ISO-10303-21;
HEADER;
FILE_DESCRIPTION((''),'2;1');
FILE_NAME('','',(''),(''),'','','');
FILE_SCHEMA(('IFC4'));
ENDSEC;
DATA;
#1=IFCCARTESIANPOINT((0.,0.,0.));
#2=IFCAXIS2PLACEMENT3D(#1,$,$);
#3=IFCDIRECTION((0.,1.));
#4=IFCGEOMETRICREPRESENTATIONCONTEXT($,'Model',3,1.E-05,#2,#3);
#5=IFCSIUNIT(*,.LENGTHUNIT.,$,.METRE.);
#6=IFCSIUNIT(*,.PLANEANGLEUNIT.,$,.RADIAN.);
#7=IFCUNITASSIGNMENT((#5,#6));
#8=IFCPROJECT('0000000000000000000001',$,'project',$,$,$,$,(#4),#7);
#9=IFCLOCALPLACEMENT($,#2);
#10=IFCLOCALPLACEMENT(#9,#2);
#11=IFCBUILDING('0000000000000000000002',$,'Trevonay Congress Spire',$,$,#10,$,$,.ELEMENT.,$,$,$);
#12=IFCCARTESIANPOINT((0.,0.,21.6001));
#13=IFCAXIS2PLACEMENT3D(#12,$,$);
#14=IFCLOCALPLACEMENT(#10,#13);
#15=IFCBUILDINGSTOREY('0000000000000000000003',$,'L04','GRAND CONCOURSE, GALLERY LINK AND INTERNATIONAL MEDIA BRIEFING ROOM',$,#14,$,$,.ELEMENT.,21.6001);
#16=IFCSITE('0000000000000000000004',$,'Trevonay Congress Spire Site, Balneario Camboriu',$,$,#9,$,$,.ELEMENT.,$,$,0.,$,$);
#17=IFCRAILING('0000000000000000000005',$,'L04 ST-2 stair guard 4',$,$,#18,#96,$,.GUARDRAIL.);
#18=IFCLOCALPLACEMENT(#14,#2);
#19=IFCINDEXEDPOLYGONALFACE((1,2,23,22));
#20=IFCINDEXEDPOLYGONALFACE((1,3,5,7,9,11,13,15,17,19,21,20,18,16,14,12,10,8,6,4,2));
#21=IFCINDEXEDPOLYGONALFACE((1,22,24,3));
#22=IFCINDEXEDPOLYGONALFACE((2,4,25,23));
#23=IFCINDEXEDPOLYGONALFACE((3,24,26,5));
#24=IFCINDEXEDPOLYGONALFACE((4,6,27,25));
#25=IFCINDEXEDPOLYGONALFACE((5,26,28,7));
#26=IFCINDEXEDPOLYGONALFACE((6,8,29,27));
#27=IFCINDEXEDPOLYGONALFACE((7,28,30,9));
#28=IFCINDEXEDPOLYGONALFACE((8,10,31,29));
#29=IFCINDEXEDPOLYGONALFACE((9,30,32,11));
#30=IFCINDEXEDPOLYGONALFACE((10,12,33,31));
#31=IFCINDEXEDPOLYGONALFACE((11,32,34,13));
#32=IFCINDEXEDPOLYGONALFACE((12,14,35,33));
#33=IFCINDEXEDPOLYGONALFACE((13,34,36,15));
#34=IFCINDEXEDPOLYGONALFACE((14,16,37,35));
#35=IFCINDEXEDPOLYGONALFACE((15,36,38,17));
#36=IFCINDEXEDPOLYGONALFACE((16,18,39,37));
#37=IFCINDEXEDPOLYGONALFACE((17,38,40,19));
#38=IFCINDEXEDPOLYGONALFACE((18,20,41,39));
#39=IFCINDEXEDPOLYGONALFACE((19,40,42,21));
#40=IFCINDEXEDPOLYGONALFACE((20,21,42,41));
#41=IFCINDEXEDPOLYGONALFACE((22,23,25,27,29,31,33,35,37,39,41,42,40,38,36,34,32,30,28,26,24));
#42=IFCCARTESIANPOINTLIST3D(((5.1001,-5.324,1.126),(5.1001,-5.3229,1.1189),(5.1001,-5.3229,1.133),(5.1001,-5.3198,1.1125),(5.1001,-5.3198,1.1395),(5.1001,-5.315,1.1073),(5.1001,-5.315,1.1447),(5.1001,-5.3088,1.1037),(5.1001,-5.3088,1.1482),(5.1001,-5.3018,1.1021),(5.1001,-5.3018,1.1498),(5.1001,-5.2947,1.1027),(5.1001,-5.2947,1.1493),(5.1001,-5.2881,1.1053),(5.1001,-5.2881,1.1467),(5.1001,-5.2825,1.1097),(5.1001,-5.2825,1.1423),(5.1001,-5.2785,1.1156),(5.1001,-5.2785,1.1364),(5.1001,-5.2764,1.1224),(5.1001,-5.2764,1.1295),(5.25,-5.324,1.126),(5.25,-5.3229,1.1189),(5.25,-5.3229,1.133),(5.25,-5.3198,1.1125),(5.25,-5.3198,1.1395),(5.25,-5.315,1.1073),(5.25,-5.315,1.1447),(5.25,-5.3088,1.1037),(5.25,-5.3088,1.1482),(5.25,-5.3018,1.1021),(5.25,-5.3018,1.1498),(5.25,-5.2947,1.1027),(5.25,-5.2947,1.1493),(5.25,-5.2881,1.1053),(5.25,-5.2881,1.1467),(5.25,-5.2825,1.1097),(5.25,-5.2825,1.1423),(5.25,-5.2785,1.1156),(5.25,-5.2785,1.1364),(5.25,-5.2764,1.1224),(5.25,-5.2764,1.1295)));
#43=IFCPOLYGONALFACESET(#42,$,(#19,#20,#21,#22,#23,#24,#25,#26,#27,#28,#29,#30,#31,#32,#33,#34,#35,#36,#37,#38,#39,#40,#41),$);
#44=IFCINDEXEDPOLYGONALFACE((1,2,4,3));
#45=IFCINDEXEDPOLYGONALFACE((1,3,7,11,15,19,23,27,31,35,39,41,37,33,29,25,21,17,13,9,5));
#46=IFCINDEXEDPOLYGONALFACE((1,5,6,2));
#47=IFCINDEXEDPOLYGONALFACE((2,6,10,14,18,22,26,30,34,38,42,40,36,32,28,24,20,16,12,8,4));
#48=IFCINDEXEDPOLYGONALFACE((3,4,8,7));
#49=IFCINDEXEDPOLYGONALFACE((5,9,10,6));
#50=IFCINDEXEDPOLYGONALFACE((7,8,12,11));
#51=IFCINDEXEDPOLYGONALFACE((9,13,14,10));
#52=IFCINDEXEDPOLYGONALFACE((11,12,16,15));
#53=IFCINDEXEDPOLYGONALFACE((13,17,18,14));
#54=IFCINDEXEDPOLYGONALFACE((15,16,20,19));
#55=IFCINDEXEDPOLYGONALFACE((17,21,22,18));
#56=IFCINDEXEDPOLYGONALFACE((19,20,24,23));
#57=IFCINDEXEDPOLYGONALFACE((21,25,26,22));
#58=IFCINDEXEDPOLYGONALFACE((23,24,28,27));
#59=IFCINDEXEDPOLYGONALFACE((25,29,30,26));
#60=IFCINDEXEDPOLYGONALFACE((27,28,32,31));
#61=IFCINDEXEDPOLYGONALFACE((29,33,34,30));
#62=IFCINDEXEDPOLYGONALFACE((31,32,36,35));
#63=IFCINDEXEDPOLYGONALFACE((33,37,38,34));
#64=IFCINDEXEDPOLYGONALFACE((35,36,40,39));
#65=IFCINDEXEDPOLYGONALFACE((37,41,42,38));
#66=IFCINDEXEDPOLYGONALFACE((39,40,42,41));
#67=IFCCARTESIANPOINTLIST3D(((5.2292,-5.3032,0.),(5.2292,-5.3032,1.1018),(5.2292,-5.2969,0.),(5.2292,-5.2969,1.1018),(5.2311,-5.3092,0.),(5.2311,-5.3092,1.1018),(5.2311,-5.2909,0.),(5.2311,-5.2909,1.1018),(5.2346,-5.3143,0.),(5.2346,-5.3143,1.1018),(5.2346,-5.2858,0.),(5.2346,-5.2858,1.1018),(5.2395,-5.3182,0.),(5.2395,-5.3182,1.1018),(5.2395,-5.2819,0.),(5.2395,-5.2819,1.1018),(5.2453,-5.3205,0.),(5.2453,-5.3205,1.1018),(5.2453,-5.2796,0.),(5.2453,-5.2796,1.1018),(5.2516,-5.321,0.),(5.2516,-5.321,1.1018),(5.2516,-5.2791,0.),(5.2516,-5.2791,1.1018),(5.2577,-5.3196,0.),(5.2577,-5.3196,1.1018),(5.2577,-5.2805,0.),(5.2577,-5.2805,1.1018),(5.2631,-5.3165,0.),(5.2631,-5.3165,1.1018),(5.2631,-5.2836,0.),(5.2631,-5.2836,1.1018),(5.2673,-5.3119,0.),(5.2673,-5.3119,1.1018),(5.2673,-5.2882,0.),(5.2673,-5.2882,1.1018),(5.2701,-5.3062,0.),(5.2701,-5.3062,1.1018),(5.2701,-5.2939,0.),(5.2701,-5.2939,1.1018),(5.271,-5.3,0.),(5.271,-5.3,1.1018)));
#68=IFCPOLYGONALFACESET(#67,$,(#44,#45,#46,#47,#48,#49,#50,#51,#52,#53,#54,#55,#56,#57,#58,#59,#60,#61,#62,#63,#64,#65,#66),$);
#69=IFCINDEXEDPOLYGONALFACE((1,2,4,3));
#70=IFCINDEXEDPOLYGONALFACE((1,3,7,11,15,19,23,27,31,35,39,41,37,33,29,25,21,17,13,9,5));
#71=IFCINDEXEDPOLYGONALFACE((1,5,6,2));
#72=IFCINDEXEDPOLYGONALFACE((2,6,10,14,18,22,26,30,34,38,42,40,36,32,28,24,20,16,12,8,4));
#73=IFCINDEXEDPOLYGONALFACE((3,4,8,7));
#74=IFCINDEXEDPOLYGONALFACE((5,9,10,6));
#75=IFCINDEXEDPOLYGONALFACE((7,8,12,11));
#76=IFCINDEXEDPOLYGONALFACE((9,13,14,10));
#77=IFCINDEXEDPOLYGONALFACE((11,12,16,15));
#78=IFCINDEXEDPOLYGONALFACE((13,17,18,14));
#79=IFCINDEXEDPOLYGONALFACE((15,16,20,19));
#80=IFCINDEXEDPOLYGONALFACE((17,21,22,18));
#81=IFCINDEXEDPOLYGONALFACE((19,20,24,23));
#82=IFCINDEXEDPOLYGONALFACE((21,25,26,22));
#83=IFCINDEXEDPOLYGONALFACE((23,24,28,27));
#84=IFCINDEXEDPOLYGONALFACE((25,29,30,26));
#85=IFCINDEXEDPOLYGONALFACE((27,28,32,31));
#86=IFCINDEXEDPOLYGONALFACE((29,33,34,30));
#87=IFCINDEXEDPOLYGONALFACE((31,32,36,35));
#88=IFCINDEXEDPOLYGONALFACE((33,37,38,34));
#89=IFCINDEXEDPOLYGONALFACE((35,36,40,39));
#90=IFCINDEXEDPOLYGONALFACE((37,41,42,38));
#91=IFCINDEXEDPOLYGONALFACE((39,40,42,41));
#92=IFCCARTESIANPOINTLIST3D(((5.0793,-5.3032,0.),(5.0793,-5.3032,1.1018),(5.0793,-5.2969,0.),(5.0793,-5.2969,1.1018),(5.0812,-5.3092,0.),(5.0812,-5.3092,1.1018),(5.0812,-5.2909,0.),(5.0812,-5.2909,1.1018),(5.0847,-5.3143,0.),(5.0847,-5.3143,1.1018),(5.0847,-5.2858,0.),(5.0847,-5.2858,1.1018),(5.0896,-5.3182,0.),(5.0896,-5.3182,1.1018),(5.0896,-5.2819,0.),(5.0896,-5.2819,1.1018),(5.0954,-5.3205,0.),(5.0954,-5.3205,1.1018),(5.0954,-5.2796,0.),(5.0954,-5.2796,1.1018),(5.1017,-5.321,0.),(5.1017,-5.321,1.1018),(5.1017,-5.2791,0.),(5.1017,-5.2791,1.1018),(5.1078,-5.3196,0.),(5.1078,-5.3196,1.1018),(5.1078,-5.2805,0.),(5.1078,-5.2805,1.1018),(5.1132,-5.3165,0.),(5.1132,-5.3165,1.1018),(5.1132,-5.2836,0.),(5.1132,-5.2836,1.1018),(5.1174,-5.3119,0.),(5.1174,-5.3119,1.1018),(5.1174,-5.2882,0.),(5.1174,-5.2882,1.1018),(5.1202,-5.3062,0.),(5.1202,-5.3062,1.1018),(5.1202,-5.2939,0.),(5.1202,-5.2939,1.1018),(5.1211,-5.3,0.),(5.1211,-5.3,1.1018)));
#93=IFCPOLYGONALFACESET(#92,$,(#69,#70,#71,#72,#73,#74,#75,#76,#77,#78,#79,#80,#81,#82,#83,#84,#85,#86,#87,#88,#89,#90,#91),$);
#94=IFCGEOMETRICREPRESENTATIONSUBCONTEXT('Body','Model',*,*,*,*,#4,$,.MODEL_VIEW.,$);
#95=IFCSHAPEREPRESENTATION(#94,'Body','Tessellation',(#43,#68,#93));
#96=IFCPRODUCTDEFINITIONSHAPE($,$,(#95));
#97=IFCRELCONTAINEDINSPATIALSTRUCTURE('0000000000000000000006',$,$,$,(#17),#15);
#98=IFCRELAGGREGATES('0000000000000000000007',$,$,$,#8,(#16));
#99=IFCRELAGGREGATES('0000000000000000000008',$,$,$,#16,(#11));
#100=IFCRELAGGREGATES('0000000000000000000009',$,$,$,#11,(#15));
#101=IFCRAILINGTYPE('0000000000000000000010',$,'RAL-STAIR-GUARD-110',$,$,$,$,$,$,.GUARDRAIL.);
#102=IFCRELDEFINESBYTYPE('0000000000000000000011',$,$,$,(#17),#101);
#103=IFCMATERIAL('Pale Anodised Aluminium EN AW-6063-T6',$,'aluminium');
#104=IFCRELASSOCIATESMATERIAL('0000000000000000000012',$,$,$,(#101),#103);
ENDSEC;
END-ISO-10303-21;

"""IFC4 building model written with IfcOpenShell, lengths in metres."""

from ifc_helpers import new_model, si_unit, direction, frame, origin, origin_2d, place, context, subcontext, project, spatial, circle, extrude, material, type_object, element, save


model = new_model("IFC4")

# Units and contexts
model_context = context("Model", 3, precision=1e-05, world=origin(), true_north=direction((0.0, 1.0)))
body_context = subcontext(model_context, "Body", "Model", "MODEL_VIEW")
ifc_project = project(units=[si_unit("LENGTHUNIT", "METRE"), si_unit("PLANEANGLEUNIT", "RADIAN")], contexts=[model_context])

# Site, building, storey
site_placement = place(None, origin())
site = spatial("IfcSite", under=ifc_project, at=site_placement, Name="Trevonay Congress Spire Site, Balneario Camboriu", CompositionType="ELEMENT", RefElevation=0.0)
building_placement = place(site_placement, origin())
building = spatial("IfcBuilding", under=site, at=building_placement, Name="Trevonay Congress Spire", CompositionType="ELEMENT")
storey_placement = place(building_placement, frame((0.0, 0.0, 21.6001)))
storey = spatial("IfcBuildingStorey", under=building, at=storey_placement, Name="L04", Description="GRAND CONCOURSE, GALLERY LINK AND INTERNATIONAL MEDIA BRIEFING ROOM", CompositionType="ELEMENT", Elevation=21.6001)

# Railing
ifc_material_1 = material(Name="Pale Anodised Aluminium EN AW-6063-T6", Category="aluminium")
railing_type_1 = type_object("IfcRailingType", Name="RAL-STAIR-GUARD-110", PredefinedType="GUARDRAIL", material=ifc_material_1)
railing_1_placement = place(storey_placement, frame((5.25, -5.3, 0.0)))
element("IfcRailing", 1, at=railing_1_placement, inside=storey, type_object=railing_type_1, Name="L04 ST-2 stair guard 4", PredefinedType="GUARDRAIL", context=body_context, shape_type="SweptSolid", body=[
    extrude(circle(Radius=0.0239, at=origin_2d()), frame((0.0, 0.0, 1.126), z_axis=(-1.0, 0.0, 0.0), x_axis=(0.0, -1.0, 0.0)), (0.0, 0.0, 1.0), 0.1499),
    extrude(circle(Radius=0.021, at=origin_2d()), origin(), (0.0, 0.0, 1.0), 1.1018),
    extrude(circle(Radius=0.021, at=origin_2d()), frame((-0.1499, 0.0, 0.0)), (0.0, 0.0, 1.0), 1.1018),
])

save(model, "model.ifc")
